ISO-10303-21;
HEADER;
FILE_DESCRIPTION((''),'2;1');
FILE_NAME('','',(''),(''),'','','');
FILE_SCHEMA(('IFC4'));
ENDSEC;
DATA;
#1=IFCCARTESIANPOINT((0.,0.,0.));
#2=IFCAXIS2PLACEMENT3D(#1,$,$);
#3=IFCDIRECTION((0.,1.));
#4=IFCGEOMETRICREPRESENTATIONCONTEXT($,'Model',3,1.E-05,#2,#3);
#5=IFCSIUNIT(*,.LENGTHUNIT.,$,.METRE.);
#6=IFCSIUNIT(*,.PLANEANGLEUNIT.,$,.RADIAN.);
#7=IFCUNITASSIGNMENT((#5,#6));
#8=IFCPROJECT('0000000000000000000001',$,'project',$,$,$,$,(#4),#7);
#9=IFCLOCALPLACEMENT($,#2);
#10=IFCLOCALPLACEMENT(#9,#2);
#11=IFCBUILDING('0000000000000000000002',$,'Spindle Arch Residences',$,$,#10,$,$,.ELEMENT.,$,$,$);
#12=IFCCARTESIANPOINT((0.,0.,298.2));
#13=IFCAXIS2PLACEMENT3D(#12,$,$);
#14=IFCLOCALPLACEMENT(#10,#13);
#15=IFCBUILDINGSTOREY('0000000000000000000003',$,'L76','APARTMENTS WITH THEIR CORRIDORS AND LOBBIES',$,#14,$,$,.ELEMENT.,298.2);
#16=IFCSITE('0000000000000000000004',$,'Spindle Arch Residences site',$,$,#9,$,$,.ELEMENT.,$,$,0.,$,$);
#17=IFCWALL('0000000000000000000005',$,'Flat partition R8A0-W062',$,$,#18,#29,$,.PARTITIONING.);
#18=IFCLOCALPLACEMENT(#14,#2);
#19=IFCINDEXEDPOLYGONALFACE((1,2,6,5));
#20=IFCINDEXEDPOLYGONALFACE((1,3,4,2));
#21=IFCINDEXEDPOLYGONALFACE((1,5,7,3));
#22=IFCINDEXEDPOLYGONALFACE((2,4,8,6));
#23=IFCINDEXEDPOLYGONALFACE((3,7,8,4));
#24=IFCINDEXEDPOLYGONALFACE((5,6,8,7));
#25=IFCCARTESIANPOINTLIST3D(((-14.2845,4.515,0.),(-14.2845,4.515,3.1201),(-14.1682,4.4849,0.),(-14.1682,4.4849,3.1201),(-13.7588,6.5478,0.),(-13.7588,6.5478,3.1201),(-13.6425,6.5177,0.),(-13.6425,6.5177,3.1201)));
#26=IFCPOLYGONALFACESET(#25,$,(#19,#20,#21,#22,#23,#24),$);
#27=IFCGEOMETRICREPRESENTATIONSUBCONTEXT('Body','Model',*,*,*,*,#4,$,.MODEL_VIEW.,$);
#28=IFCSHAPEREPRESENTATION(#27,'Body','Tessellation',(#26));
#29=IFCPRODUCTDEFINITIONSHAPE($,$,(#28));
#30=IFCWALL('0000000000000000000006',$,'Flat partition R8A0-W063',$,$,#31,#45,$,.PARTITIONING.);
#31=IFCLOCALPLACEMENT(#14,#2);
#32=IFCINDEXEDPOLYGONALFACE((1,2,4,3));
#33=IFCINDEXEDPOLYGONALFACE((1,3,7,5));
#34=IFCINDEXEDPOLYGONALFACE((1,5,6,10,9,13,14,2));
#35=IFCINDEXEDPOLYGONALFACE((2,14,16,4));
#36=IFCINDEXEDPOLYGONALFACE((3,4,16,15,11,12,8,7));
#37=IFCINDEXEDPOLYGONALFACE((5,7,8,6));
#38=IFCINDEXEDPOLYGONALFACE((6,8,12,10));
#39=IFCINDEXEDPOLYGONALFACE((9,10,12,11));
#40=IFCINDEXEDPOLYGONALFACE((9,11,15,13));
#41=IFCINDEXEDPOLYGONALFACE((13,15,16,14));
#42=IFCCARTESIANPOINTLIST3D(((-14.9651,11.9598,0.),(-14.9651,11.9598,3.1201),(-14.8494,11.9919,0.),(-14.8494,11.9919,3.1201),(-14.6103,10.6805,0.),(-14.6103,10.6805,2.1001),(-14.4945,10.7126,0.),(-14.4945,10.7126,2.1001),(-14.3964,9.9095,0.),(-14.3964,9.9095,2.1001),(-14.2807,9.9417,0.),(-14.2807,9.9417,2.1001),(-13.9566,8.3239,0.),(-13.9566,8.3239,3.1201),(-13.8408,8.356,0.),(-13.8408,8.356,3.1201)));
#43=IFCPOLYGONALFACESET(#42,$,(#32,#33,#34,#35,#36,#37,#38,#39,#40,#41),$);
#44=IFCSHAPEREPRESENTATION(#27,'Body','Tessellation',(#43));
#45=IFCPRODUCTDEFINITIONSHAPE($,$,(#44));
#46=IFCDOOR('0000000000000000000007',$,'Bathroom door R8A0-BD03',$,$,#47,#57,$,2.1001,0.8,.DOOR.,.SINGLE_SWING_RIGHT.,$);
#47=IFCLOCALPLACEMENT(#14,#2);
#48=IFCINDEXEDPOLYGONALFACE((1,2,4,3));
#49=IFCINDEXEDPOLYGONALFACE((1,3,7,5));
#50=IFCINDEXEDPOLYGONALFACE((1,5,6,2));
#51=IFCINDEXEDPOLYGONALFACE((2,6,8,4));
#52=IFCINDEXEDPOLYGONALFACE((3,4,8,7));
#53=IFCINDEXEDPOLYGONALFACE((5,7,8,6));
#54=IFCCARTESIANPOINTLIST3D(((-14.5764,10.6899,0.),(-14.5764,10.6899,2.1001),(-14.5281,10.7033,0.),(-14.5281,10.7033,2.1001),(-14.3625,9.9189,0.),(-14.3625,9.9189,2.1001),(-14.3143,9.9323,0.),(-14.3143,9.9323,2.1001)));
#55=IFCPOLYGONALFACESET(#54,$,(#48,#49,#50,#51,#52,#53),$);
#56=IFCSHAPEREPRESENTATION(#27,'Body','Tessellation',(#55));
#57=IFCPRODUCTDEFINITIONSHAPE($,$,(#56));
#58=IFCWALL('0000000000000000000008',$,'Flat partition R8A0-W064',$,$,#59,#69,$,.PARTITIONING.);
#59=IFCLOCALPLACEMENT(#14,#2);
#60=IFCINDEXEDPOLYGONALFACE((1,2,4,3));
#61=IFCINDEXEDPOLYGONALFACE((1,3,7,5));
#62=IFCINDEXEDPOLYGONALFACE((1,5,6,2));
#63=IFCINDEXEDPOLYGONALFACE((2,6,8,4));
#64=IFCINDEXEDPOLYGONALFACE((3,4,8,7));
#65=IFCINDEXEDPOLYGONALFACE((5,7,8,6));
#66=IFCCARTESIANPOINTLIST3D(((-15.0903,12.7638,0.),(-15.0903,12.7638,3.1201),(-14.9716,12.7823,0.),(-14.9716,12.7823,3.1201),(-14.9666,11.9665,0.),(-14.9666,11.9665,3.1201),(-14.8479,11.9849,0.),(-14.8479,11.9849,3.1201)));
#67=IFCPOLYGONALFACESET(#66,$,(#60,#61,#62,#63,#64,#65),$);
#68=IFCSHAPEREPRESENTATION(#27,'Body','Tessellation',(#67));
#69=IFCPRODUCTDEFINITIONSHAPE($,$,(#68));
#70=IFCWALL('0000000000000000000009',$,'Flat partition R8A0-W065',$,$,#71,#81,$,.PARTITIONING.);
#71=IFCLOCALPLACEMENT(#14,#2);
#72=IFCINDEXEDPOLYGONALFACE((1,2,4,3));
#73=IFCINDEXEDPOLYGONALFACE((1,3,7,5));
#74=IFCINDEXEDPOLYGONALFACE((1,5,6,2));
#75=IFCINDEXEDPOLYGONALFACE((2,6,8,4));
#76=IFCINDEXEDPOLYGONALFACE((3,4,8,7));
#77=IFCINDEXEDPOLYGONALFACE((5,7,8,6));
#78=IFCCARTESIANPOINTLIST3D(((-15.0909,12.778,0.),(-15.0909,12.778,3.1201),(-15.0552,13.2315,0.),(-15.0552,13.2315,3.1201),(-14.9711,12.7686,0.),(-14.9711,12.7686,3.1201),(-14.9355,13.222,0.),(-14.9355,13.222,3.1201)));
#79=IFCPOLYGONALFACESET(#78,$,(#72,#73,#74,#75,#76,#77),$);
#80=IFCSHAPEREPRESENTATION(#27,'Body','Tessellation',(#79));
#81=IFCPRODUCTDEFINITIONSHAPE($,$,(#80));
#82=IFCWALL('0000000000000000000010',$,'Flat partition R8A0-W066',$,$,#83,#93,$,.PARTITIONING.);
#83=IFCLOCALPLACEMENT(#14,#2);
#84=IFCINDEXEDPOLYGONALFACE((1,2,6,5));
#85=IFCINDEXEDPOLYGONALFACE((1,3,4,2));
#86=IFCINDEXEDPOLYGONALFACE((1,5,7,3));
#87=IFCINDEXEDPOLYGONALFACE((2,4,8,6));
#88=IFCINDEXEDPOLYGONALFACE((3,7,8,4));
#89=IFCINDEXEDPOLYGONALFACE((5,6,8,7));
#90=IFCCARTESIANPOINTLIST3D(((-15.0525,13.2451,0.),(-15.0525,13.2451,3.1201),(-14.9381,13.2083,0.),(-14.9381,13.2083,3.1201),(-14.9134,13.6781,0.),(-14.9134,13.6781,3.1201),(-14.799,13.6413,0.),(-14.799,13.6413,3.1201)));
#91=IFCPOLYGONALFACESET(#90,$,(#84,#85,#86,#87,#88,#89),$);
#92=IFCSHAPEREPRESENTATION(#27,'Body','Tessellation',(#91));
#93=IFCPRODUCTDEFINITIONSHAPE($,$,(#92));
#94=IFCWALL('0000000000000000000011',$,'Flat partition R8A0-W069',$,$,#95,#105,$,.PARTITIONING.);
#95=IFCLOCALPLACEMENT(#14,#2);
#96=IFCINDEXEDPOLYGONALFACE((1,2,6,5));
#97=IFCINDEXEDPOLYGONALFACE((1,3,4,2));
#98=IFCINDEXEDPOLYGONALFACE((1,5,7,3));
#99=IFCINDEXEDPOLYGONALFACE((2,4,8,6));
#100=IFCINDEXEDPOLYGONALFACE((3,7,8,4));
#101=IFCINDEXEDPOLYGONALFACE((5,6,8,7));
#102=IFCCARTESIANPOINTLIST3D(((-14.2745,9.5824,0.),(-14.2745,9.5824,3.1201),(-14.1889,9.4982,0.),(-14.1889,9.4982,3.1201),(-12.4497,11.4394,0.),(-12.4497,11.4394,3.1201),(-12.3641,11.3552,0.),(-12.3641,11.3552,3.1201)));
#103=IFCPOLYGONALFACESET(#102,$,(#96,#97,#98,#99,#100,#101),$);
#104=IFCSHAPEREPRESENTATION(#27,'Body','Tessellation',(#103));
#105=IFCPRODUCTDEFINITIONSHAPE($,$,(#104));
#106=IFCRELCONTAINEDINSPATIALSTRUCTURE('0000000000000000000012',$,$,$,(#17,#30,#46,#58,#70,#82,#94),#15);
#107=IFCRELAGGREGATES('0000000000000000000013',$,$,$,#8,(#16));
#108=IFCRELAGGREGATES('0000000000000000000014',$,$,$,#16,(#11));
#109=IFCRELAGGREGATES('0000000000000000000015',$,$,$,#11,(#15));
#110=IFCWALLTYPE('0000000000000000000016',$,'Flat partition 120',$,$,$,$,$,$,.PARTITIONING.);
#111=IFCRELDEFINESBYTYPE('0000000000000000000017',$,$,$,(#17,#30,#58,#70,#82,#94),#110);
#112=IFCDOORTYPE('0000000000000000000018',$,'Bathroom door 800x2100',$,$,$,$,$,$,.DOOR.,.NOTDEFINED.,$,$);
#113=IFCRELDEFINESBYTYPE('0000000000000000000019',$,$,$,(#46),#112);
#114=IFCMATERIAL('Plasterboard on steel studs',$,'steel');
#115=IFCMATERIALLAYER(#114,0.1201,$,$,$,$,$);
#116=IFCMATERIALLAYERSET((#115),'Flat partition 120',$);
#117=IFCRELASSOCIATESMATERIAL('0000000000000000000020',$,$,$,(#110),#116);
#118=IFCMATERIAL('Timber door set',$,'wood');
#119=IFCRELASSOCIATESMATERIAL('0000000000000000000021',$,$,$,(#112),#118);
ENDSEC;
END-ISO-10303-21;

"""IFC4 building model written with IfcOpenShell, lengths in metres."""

from ifc_helpers import new_model, si_unit, direction, frame, frame_2d, origin, place, context, subcontext, project, spatial, rectangle, extrude, material, layer, layer_set, type_object, element, fill, save


model = new_model("IFC4")

# Units and contexts
model_context = context("Model", 3, precision=1e-05, world=origin(), true_north=direction((0.0, 1.0)))
body_context = subcontext(model_context, "Body", "Model", "MODEL_VIEW")
ifc_project = project(units=[si_unit("LENGTHUNIT", "METRE"), si_unit("PLANEANGLEUNIT", "RADIAN")], contexts=[model_context])

# Site, building, storey
site_placement = place(None, origin())
site = spatial("IfcSite", under=ifc_project, at=site_placement, Name="Spindle Arch Residences site", CompositionType="ELEMENT", RefElevation=0.0)
building_placement = place(site_placement, origin())
building = spatial("IfcBuilding", under=site, at=building_placement, Name="Spindle Arch Residences", CompositionType="ELEMENT")
storey_placement = place(building_placement, frame((0.0, 0.0, 298.2)))
storey = spatial("IfcBuildingStorey", under=building, at=storey_placement, Name="L76", Description="APARTMENTS WITH THEIR CORRIDORS AND LOBBIES", CompositionType="ELEMENT", Elevation=298.2)

# Shared definitions
ifc_material_1 = material(Name="Plasterboard on steel studs", Category="steel")
ifc_layer_1 = layer(ifc_material_1, 0.1201)
ifc_layer_set_1 = layer_set([ifc_layer_1], Name="Flat partition 120")
wall_type = type_object("IfcWallType", Name="Flat partition 120", PredefinedType="PARTITIONING", material=ifc_layer_set_1)

# Wall
wall_1_placement = place(storey_placement, frame((-13.7007, 6.5327, 0.0), z_axis=(0.0, 0.0, 1.0), x_axis=(-0.250353, -0.968155, 0.0)))
element("IfcWall", 1, at=wall_1_placement, inside=storey, type_object=wall_type, Name="Flat partition R8A0-W062", PredefinedType="PARTITIONING", context=body_context, shape_type="SweptSolid", body=[
    extrude(rectangle(XDim=2.0996, YDim=0.1201, at=frame_2d((1.0498, 0.0))), origin(), (0.0, 0.0, 1.0), 3.1201),
])

# Wall, opening, door
wall_2_placement = place(storey_placement, frame((-13.8987, 8.3398, 0.0), z_axis=(0.0, 0.0, 1.0), x_axis=(-0.267287, 0.963617, 0.0)))
wall_2 = element("IfcWall", 2, at=wall_2_placement, inside=storey, type_object=wall_type, Name="Flat partition R8A0-W063", PredefinedType="PARTITIONING", context=body_context, shape_type="SweptSolid", body=[
    extrude(rectangle(XDim=3.7732, YDim=0.1201, at=frame_2d((1.8867, 0.0))), origin(), (0.0, 0.0, 1.0), 3.1201),
])
opening_1_placement = place(wall_2_placement, frame((1.6458, 0.0, 0.0)))
opening_1 = element("IfcOpeningElement", 3, at=opening_1_placement, cuts=wall_2, PredefinedType="OPENING", context=body_context, shape_type="SweptSolid", body=[
    extrude(rectangle(XDim=0.8, YDim=2.1001, at=frame_2d((0.3999, 1.05))), frame((0.0, 0.0701, 0.0), z_axis=(0.0, -1.0, 0.0), x_axis=(1.0, 0.0, 0.0)), (0.0, 0.0, 1.0), 0.1401),
])
ifc_material_2 = material(Name="Timber door set", Category="wood")
door_type_1 = type_object("IfcDoorType", Name="Bathroom door 800x2100", OperationType="NOTDEFINED", PredefinedType="DOOR", material=ifc_material_2)
door_1_placement = place(opening_1_placement, origin())
door_1 = element("IfcDoor", 4, at=door_1_placement, inside=storey, type_object=door_type_1, Name="Bathroom door R8A0-BD03", OperationType="SINGLE_SWING_RIGHT", OverallHeight=2.1001, OverallWidth=0.8, PredefinedType="DOOR", context=body_context, shape_type="SweptSolid", body=[
    extrude(rectangle(XDim=0.8, YDim=2.1001, at=frame_2d((0.3999, 1.05))), frame((0.0, 0.0249, 0.0), z_axis=(0.0, -1.0, 0.0), x_axis=(1.0, 0.0, 0.0)), (0.0, 0.0, 1.0), 0.05),
])
fill(opening_1, door_1)

# Walls
wall_3_placement = place(storey_placement, frame((-14.9072, 11.9758, 0.0), z_axis=(0.0, 0.0, 1.0), x_axis=(-0.153398, 0.988164, 0.0)))
element("IfcWall", 5, at=wall_3_placement, inside=storey, type_object=wall_type, Name="Flat partition R8A0-W064", PredefinedType="PARTITIONING", context=body_context, shape_type="SweptSolid", body=[
    extrude(rectangle(XDim=0.8069, YDim=0.1201, at=frame_2d((0.4033, 0.0))), origin(), (0.0, 0.0, 1.0), 3.1201),
])
for number, where, z_axis, x_axis, name in (
    (6, (-15.031, 12.7732, 0.0), (0.0, 0.0, 1.0), (0.07838, 0.996924, 0.0), "Flat partition R8A0-W065"),
    (7, (-14.9954, 13.2266, 0.0), (0.0, 0.0, 1.0), (0.305905, 0.952062, 0.0), "Flat partition R8A0-W066"),
):
    element("IfcWall", number, at=place(storey_placement, frame(where, z_axis=z_axis, x_axis=x_axis)), inside=storey, type_object=wall_type, Name=name, PredefinedType="PARTITIONING", context=body_context, shape_type="SweptSolid", body=[
        extrude(rectangle(XDim=0.4548, YDim=0.1201, at=frame_2d((0.2275, 0.0))), origin(), (0.0, 0.0, 1.0), 3.1201),
    ])
wall_4_placement = place(storey_placement, frame((-14.2317, 9.5403, 0.0), z_axis=(0.0, 0.0, 1.0), x_axis=(0.70089, 0.713269, 0.0)))
element("IfcWall", 8, at=wall_4_placement, inside=storey, type_object=wall_type, Name="Flat partition R8A0-W069", PredefinedType="PARTITIONING", context=body_context, shape_type="SweptSolid", body=[
    extrude(rectangle(XDim=2.6035, YDim=0.1201, at=frame_2d((1.3018, 0.0))), origin(), (0.0, 0.0, 1.0), 3.1201),
])

save(model, "model.ifc")
